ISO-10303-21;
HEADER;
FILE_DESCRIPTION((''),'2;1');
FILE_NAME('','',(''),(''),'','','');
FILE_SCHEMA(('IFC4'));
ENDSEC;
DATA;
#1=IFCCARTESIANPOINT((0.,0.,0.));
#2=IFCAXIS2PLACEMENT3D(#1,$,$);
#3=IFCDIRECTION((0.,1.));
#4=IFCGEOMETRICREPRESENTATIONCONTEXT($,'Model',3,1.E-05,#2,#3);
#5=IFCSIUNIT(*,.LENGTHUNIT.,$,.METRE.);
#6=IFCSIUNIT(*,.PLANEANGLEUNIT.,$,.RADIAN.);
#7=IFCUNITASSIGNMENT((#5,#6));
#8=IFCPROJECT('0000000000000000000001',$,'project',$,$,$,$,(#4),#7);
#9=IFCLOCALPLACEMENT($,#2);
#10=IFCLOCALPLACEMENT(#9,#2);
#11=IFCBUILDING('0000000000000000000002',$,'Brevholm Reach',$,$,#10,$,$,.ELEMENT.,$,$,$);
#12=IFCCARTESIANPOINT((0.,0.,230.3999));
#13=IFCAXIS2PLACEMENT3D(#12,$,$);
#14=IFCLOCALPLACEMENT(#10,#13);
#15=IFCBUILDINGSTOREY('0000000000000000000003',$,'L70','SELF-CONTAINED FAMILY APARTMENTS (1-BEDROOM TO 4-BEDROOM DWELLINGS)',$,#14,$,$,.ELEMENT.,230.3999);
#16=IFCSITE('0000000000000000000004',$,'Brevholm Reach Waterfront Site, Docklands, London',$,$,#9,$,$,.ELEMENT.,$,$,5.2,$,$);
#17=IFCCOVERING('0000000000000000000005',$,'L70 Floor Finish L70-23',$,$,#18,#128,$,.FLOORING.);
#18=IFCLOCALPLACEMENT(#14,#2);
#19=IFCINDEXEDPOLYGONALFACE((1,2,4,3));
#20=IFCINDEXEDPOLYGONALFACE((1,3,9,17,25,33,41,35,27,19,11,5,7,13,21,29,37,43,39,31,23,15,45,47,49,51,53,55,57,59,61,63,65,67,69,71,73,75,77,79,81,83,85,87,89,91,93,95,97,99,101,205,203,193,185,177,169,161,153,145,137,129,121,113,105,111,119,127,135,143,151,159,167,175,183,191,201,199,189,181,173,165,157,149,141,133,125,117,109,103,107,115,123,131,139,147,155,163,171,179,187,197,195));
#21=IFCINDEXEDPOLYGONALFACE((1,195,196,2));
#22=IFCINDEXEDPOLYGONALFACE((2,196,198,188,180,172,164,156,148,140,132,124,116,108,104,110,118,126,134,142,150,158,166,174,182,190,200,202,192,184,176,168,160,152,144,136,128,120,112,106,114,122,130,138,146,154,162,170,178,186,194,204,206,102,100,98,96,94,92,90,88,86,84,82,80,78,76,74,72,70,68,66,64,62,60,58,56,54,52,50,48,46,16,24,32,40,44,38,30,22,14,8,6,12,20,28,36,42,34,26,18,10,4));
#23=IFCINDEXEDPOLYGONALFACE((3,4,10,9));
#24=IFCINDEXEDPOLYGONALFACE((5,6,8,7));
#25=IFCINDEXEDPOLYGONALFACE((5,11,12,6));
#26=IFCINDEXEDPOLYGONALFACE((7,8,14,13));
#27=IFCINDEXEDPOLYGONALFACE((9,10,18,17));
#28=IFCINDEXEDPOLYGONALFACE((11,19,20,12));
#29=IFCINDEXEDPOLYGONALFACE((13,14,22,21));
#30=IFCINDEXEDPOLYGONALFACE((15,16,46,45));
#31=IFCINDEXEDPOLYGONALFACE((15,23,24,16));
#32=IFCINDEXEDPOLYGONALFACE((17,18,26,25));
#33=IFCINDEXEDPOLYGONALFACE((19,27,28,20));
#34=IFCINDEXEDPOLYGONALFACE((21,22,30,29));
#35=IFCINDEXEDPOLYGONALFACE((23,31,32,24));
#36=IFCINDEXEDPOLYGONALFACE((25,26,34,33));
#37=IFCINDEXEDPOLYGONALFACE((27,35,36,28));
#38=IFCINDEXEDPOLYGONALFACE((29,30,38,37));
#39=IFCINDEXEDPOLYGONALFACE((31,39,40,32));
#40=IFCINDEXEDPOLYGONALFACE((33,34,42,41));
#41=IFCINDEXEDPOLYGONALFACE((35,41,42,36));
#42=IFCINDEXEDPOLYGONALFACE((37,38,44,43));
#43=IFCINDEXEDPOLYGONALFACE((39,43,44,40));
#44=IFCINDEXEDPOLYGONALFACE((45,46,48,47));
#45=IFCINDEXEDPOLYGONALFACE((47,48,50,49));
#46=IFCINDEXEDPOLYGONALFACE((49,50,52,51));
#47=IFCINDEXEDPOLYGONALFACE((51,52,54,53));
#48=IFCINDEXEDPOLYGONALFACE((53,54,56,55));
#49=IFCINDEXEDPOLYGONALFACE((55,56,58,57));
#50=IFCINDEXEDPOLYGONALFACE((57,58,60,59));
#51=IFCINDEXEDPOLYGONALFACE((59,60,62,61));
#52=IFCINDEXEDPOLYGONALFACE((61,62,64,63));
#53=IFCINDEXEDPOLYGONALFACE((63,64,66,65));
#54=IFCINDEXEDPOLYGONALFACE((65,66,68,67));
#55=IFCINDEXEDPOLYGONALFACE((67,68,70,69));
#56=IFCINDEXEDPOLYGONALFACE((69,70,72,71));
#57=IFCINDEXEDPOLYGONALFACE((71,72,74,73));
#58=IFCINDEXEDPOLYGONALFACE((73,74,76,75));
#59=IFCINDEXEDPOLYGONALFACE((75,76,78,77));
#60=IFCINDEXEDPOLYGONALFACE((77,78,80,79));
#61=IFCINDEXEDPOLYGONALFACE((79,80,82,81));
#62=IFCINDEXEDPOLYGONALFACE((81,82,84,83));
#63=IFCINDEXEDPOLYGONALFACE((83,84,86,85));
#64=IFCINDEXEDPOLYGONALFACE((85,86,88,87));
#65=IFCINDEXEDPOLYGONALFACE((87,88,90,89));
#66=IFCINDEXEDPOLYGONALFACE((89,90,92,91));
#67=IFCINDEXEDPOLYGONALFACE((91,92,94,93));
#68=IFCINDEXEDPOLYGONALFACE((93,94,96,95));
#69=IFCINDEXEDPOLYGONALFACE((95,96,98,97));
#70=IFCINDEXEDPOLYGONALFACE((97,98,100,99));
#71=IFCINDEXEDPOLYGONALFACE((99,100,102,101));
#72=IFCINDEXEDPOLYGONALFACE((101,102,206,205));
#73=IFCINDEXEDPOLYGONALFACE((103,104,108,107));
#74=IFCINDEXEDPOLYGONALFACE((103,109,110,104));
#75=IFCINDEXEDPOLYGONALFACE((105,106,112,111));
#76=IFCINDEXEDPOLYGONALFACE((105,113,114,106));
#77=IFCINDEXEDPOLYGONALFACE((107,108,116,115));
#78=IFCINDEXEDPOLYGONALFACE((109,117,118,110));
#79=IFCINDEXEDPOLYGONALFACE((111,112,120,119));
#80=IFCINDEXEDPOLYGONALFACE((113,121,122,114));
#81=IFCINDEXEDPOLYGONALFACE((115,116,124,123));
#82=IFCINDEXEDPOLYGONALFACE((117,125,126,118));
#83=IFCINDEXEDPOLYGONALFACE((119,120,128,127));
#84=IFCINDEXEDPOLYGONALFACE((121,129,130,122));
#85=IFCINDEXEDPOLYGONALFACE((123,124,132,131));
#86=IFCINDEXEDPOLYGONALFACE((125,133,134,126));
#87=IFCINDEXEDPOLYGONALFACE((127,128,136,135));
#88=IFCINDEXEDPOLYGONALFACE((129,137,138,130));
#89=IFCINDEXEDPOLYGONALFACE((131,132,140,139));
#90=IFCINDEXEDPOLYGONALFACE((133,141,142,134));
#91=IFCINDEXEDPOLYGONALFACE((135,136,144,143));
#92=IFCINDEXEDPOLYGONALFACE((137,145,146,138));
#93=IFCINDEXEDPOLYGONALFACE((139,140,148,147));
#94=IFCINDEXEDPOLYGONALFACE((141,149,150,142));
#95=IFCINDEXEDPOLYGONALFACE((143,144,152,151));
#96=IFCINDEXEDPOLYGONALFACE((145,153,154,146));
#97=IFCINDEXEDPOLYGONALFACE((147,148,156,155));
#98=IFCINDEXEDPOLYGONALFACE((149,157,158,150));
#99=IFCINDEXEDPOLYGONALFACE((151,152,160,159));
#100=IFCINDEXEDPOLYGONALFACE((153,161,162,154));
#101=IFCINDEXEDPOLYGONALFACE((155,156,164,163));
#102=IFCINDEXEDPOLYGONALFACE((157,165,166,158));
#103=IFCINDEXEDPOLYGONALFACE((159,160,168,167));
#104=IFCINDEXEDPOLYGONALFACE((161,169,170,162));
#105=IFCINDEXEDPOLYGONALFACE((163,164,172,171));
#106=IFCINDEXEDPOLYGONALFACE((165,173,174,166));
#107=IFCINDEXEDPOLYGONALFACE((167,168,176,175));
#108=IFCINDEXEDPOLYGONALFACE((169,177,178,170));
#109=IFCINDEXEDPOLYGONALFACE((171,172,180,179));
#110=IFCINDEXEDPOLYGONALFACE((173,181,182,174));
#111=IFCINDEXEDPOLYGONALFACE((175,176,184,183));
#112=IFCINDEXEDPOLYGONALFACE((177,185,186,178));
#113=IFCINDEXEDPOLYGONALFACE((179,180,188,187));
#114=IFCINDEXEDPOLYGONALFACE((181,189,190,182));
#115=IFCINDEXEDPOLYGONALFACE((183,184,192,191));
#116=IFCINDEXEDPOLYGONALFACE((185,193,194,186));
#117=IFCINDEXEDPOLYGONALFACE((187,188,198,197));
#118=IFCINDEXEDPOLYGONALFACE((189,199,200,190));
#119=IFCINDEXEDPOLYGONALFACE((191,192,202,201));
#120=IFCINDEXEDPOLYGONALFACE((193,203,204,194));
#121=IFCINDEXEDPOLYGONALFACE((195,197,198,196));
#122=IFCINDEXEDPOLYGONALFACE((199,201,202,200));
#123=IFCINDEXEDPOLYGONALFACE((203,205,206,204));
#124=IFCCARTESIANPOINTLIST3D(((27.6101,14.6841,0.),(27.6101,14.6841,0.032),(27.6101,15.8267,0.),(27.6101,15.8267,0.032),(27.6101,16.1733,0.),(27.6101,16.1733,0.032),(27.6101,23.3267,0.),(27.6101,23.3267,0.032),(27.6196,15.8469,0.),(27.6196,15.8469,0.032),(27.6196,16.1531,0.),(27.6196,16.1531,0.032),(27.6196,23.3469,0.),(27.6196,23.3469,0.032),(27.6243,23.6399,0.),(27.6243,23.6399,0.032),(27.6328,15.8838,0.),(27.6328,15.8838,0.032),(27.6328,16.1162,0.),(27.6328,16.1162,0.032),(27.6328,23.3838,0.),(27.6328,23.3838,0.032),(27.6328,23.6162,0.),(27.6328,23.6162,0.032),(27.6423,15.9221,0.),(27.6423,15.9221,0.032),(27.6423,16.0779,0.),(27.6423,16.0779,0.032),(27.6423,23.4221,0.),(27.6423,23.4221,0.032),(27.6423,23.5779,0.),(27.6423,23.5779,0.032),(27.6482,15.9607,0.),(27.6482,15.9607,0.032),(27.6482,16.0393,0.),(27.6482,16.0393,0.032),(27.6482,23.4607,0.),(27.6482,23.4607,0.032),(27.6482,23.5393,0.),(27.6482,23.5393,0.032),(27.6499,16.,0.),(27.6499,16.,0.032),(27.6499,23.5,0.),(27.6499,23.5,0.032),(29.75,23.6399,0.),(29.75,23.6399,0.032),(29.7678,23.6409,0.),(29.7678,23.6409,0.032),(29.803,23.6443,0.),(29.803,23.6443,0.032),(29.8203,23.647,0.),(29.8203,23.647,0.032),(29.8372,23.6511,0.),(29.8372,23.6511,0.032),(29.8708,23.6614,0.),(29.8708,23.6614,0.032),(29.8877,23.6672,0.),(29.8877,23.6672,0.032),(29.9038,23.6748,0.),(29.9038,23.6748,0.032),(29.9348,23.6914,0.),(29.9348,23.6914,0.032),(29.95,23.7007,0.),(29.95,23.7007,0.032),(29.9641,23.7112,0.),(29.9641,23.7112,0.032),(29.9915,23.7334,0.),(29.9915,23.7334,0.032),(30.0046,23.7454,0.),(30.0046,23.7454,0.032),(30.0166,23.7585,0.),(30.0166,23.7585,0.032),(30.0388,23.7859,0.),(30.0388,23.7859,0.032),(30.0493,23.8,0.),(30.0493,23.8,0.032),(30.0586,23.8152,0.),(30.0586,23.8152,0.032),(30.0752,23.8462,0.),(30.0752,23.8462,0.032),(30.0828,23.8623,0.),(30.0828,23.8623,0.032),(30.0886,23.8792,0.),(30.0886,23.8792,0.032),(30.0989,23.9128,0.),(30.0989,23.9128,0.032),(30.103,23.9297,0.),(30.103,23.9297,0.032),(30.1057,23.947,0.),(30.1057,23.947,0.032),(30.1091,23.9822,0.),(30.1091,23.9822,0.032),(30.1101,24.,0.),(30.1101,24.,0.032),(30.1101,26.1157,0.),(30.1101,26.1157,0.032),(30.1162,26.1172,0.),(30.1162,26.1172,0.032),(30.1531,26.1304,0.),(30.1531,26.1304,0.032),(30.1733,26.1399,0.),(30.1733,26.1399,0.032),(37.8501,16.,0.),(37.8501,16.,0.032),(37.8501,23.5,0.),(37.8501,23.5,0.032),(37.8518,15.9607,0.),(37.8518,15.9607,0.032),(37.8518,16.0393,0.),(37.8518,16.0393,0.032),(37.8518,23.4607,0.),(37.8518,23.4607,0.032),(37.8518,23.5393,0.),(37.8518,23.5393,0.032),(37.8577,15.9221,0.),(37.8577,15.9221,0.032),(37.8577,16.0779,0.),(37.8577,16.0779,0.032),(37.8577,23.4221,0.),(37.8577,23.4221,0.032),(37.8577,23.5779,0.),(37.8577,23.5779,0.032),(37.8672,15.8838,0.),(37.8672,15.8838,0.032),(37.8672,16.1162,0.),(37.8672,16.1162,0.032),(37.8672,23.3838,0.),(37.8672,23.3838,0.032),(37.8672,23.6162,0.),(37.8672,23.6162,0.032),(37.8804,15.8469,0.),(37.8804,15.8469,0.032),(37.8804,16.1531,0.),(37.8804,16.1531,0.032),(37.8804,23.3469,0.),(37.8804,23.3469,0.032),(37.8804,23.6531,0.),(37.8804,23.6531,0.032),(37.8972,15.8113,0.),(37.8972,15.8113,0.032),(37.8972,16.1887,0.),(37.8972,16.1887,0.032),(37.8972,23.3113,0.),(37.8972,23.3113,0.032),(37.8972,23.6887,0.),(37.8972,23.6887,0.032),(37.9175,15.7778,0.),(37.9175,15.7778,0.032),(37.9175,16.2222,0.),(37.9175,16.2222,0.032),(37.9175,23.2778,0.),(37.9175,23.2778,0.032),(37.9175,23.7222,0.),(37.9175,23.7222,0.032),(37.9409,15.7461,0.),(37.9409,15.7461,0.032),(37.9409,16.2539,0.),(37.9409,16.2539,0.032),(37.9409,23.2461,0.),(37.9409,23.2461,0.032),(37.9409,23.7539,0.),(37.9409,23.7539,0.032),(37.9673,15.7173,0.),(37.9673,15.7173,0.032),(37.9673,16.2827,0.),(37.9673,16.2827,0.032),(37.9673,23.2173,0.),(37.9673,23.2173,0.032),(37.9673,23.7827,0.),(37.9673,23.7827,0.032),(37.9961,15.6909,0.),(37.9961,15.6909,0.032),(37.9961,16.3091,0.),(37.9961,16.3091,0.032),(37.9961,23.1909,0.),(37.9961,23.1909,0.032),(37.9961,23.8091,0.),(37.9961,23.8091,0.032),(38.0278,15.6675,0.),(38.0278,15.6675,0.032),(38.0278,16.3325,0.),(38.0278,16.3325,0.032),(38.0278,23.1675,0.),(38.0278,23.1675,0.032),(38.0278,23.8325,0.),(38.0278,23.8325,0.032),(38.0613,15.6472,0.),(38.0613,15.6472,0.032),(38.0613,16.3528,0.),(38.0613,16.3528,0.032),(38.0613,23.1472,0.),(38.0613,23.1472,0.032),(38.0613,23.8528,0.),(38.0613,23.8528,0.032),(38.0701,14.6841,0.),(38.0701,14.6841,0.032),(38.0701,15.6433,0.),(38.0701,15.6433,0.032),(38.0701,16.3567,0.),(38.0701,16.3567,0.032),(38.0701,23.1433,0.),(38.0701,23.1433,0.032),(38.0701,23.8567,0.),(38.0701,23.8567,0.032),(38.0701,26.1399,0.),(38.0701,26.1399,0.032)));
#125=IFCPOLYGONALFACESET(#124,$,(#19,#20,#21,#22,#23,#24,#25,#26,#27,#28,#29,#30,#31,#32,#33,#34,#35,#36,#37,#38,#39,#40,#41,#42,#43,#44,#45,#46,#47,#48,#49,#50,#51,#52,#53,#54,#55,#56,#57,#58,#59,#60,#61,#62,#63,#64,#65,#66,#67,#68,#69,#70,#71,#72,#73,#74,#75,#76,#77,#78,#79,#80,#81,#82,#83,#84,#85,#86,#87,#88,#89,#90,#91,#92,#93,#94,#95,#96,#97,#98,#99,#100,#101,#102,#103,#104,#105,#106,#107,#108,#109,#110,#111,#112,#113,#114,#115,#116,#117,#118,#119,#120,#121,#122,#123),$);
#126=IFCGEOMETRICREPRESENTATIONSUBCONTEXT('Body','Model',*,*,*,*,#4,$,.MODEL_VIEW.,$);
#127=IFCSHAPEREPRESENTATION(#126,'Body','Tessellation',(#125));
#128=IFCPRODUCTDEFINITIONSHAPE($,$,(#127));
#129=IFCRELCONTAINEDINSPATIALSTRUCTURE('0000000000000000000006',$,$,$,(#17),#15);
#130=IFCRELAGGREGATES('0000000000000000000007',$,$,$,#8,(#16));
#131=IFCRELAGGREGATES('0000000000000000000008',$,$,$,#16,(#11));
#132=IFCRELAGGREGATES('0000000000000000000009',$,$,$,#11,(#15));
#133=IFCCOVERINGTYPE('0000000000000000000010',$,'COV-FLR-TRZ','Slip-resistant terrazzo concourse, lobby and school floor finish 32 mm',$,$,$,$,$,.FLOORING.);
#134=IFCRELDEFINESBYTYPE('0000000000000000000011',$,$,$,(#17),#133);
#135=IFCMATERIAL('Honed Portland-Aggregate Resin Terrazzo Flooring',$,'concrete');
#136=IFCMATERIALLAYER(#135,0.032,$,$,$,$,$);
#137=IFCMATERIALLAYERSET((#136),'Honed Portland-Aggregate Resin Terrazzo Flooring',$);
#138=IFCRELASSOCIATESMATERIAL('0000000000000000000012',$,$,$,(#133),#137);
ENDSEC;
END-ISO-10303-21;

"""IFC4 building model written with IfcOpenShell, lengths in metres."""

from ifc_helpers import new_model, si_unit, direction, frame, origin, place, context, subcontext, project, spatial, polyline, outline, extrude, material, layer, layer_set, type_object, element, save


model = new_model("IFC4")

# Units and contexts
model_context = context("Model", 3, precision=1e-05, world=origin(), true_north=direction((0.0, 1.0)))
body_context = subcontext(model_context, "Body", "Model", "MODEL_VIEW")
ifc_project = project(units=[si_unit("LENGTHUNIT", "METRE"), si_unit("PLANEANGLEUNIT", "RADIAN")], contexts=[model_context])

# Site, building, storey
site_placement = place(None, origin())
site = spatial("IfcSite", under=ifc_project, at=site_placement, Name="Brevholm Reach Waterfront Site, Docklands, London", CompositionType="ELEMENT", RefElevation=5.2)
building_placement = place(site_placement, origin())
building = spatial("IfcBuilding", under=site, at=building_placement, Name="Brevholm Reach", CompositionType="ELEMENT")
storey_placement = place(building_placement, frame((0.0, 0.0, 230.3999)))
storey = spatial("IfcBuildingStorey", under=building, at=storey_placement, Name="L70", Description="SELF-CONTAINED FAMILY APARTMENTS (1-BEDROOM TO 4-BEDROOM DWELLINGS)", CompositionType="ELEMENT", Elevation=230.3999)

# Covering
ifc_material_1 = material(Name="Honed Portland-Aggregate Resin Terrazzo Flooring", Category="concrete")
ifc_layer_1 = layer(ifc_material_1, 0.032)
ifc_layer_set_1 = layer_set([ifc_layer_1], Name="Honed Portland-Aggregate Resin Terrazzo Flooring")
covering_type_1 = type_object("IfcCoveringType", Name="COV-FLR-TRZ", Description="Slip-resistant terrazzo concourse, lobby and school floor finish 32 mm", PredefinedType="FLOORING", material=ifc_layer_set_1)
covering_1_placement = place(storey_placement, origin())
element("IfcCovering", 1, at=covering_1_placement, inside=storey, type_object=covering_type_1, Name="L70 Floor Finish L70-23", PredefinedType="FLOORING", context=body_context, shape_type="SweptSolid", body=[
    extrude(outline(polyline([(27.6101, 15.8267), (27.6196, 15.8469), (27.6328, 15.8838), (27.6423, 15.9221), (27.6482, 15.9607), (27.6499, 16.0), (27.6482, 16.0393), (27.6423, 16.0779), (27.6328, 16.1162), (27.6196, 16.1531), (27.6101, 16.1733), (27.6101, 23.3267), (27.6196, 23.3469), (27.6328, 23.3838), (27.6423, 23.4221), (27.6482, 23.4607), (27.6499, 23.5), (27.6482, 23.5393), (27.6423, 23.5779), (27.6328, 23.6162), (27.6243, 23.6399), (29.75, 23.6399), (29.7678, 23.6409), (29.803, 23.6443), (29.8203, 23.647), (29.8372, 23.6511), (29.8708, 23.6614), (29.8877, 23.6672), (29.9038, 23.6748), (29.9348, 23.6914), (29.95, 23.7007), (29.9641, 23.7112), (29.9915, 23.7334), (30.0046, 23.7454), (30.0166, 23.7585), (30.0388, 23.7859), (30.0493, 23.8), (30.0586, 23.8152), (30.0752, 23.8462), (30.0828, 23.8623), (30.0886, 23.8792), (30.0989, 23.9128), (30.103, 23.9297), (30.1057, 23.947), (30.1091, 23.9822), (30.1101, 24.0), (30.1101, 26.1157), (30.1162, 26.1172), (30.1531, 26.1304), (30.1733, 26.1399), (38.0701, 26.1399), (38.0701, 23.8567), (38.0613, 23.8528), (38.0278, 23.8325), (37.9961, 23.8091), (37.9673, 23.7827), (37.9409, 23.7539), (37.9175, 23.7222), (37.8972, 23.6887), (37.8804, 23.6531), (37.8672, 23.6162), (37.8577, 23.5779), (37.8518, 23.5393), (37.8501, 23.5), (37.8518, 23.4607), (37.8577, 23.4221), (37.8672, 23.3838), (37.8804, 23.3469), (37.8972, 23.3113), (37.9175, 23.2778), (37.9409, 23.2461), (37.9673, 23.2173), (37.9961, 23.1909), (38.0278, 23.1675), (38.0613, 23.1472), (38.0701, 23.1433), (38.0701, 16.3567), (38.0613, 16.3528), (38.0278, 16.3325), (37.9961, 16.3091), (37.9673, 16.2827), (37.9409, 16.2539), (37.9175, 16.2222), (37.8972, 16.1887), (37.8804, 16.1531), (37.8672, 16.1162), (37.8577, 16.0779), (37.8518, 16.0393), (37.8501, 16.0), (37.8518, 15.9607), (37.8577, 15.9221), (37.8672, 15.8838), (37.8804, 15.8469), (37.8972, 15.8113), (37.9175, 15.7778), (37.9409, 15.7461), (37.9673, 15.7173), (37.9961, 15.6909), (38.0278, 15.6675), (38.0613, 15.6472), (38.0701, 15.6433), (38.0701, 14.6841), (27.6101, 14.6841), (27.6101, 15.8267)])), origin(), (0.0, 0.0, 1.0), 0.032),
])

save(model, "model.ifc")
